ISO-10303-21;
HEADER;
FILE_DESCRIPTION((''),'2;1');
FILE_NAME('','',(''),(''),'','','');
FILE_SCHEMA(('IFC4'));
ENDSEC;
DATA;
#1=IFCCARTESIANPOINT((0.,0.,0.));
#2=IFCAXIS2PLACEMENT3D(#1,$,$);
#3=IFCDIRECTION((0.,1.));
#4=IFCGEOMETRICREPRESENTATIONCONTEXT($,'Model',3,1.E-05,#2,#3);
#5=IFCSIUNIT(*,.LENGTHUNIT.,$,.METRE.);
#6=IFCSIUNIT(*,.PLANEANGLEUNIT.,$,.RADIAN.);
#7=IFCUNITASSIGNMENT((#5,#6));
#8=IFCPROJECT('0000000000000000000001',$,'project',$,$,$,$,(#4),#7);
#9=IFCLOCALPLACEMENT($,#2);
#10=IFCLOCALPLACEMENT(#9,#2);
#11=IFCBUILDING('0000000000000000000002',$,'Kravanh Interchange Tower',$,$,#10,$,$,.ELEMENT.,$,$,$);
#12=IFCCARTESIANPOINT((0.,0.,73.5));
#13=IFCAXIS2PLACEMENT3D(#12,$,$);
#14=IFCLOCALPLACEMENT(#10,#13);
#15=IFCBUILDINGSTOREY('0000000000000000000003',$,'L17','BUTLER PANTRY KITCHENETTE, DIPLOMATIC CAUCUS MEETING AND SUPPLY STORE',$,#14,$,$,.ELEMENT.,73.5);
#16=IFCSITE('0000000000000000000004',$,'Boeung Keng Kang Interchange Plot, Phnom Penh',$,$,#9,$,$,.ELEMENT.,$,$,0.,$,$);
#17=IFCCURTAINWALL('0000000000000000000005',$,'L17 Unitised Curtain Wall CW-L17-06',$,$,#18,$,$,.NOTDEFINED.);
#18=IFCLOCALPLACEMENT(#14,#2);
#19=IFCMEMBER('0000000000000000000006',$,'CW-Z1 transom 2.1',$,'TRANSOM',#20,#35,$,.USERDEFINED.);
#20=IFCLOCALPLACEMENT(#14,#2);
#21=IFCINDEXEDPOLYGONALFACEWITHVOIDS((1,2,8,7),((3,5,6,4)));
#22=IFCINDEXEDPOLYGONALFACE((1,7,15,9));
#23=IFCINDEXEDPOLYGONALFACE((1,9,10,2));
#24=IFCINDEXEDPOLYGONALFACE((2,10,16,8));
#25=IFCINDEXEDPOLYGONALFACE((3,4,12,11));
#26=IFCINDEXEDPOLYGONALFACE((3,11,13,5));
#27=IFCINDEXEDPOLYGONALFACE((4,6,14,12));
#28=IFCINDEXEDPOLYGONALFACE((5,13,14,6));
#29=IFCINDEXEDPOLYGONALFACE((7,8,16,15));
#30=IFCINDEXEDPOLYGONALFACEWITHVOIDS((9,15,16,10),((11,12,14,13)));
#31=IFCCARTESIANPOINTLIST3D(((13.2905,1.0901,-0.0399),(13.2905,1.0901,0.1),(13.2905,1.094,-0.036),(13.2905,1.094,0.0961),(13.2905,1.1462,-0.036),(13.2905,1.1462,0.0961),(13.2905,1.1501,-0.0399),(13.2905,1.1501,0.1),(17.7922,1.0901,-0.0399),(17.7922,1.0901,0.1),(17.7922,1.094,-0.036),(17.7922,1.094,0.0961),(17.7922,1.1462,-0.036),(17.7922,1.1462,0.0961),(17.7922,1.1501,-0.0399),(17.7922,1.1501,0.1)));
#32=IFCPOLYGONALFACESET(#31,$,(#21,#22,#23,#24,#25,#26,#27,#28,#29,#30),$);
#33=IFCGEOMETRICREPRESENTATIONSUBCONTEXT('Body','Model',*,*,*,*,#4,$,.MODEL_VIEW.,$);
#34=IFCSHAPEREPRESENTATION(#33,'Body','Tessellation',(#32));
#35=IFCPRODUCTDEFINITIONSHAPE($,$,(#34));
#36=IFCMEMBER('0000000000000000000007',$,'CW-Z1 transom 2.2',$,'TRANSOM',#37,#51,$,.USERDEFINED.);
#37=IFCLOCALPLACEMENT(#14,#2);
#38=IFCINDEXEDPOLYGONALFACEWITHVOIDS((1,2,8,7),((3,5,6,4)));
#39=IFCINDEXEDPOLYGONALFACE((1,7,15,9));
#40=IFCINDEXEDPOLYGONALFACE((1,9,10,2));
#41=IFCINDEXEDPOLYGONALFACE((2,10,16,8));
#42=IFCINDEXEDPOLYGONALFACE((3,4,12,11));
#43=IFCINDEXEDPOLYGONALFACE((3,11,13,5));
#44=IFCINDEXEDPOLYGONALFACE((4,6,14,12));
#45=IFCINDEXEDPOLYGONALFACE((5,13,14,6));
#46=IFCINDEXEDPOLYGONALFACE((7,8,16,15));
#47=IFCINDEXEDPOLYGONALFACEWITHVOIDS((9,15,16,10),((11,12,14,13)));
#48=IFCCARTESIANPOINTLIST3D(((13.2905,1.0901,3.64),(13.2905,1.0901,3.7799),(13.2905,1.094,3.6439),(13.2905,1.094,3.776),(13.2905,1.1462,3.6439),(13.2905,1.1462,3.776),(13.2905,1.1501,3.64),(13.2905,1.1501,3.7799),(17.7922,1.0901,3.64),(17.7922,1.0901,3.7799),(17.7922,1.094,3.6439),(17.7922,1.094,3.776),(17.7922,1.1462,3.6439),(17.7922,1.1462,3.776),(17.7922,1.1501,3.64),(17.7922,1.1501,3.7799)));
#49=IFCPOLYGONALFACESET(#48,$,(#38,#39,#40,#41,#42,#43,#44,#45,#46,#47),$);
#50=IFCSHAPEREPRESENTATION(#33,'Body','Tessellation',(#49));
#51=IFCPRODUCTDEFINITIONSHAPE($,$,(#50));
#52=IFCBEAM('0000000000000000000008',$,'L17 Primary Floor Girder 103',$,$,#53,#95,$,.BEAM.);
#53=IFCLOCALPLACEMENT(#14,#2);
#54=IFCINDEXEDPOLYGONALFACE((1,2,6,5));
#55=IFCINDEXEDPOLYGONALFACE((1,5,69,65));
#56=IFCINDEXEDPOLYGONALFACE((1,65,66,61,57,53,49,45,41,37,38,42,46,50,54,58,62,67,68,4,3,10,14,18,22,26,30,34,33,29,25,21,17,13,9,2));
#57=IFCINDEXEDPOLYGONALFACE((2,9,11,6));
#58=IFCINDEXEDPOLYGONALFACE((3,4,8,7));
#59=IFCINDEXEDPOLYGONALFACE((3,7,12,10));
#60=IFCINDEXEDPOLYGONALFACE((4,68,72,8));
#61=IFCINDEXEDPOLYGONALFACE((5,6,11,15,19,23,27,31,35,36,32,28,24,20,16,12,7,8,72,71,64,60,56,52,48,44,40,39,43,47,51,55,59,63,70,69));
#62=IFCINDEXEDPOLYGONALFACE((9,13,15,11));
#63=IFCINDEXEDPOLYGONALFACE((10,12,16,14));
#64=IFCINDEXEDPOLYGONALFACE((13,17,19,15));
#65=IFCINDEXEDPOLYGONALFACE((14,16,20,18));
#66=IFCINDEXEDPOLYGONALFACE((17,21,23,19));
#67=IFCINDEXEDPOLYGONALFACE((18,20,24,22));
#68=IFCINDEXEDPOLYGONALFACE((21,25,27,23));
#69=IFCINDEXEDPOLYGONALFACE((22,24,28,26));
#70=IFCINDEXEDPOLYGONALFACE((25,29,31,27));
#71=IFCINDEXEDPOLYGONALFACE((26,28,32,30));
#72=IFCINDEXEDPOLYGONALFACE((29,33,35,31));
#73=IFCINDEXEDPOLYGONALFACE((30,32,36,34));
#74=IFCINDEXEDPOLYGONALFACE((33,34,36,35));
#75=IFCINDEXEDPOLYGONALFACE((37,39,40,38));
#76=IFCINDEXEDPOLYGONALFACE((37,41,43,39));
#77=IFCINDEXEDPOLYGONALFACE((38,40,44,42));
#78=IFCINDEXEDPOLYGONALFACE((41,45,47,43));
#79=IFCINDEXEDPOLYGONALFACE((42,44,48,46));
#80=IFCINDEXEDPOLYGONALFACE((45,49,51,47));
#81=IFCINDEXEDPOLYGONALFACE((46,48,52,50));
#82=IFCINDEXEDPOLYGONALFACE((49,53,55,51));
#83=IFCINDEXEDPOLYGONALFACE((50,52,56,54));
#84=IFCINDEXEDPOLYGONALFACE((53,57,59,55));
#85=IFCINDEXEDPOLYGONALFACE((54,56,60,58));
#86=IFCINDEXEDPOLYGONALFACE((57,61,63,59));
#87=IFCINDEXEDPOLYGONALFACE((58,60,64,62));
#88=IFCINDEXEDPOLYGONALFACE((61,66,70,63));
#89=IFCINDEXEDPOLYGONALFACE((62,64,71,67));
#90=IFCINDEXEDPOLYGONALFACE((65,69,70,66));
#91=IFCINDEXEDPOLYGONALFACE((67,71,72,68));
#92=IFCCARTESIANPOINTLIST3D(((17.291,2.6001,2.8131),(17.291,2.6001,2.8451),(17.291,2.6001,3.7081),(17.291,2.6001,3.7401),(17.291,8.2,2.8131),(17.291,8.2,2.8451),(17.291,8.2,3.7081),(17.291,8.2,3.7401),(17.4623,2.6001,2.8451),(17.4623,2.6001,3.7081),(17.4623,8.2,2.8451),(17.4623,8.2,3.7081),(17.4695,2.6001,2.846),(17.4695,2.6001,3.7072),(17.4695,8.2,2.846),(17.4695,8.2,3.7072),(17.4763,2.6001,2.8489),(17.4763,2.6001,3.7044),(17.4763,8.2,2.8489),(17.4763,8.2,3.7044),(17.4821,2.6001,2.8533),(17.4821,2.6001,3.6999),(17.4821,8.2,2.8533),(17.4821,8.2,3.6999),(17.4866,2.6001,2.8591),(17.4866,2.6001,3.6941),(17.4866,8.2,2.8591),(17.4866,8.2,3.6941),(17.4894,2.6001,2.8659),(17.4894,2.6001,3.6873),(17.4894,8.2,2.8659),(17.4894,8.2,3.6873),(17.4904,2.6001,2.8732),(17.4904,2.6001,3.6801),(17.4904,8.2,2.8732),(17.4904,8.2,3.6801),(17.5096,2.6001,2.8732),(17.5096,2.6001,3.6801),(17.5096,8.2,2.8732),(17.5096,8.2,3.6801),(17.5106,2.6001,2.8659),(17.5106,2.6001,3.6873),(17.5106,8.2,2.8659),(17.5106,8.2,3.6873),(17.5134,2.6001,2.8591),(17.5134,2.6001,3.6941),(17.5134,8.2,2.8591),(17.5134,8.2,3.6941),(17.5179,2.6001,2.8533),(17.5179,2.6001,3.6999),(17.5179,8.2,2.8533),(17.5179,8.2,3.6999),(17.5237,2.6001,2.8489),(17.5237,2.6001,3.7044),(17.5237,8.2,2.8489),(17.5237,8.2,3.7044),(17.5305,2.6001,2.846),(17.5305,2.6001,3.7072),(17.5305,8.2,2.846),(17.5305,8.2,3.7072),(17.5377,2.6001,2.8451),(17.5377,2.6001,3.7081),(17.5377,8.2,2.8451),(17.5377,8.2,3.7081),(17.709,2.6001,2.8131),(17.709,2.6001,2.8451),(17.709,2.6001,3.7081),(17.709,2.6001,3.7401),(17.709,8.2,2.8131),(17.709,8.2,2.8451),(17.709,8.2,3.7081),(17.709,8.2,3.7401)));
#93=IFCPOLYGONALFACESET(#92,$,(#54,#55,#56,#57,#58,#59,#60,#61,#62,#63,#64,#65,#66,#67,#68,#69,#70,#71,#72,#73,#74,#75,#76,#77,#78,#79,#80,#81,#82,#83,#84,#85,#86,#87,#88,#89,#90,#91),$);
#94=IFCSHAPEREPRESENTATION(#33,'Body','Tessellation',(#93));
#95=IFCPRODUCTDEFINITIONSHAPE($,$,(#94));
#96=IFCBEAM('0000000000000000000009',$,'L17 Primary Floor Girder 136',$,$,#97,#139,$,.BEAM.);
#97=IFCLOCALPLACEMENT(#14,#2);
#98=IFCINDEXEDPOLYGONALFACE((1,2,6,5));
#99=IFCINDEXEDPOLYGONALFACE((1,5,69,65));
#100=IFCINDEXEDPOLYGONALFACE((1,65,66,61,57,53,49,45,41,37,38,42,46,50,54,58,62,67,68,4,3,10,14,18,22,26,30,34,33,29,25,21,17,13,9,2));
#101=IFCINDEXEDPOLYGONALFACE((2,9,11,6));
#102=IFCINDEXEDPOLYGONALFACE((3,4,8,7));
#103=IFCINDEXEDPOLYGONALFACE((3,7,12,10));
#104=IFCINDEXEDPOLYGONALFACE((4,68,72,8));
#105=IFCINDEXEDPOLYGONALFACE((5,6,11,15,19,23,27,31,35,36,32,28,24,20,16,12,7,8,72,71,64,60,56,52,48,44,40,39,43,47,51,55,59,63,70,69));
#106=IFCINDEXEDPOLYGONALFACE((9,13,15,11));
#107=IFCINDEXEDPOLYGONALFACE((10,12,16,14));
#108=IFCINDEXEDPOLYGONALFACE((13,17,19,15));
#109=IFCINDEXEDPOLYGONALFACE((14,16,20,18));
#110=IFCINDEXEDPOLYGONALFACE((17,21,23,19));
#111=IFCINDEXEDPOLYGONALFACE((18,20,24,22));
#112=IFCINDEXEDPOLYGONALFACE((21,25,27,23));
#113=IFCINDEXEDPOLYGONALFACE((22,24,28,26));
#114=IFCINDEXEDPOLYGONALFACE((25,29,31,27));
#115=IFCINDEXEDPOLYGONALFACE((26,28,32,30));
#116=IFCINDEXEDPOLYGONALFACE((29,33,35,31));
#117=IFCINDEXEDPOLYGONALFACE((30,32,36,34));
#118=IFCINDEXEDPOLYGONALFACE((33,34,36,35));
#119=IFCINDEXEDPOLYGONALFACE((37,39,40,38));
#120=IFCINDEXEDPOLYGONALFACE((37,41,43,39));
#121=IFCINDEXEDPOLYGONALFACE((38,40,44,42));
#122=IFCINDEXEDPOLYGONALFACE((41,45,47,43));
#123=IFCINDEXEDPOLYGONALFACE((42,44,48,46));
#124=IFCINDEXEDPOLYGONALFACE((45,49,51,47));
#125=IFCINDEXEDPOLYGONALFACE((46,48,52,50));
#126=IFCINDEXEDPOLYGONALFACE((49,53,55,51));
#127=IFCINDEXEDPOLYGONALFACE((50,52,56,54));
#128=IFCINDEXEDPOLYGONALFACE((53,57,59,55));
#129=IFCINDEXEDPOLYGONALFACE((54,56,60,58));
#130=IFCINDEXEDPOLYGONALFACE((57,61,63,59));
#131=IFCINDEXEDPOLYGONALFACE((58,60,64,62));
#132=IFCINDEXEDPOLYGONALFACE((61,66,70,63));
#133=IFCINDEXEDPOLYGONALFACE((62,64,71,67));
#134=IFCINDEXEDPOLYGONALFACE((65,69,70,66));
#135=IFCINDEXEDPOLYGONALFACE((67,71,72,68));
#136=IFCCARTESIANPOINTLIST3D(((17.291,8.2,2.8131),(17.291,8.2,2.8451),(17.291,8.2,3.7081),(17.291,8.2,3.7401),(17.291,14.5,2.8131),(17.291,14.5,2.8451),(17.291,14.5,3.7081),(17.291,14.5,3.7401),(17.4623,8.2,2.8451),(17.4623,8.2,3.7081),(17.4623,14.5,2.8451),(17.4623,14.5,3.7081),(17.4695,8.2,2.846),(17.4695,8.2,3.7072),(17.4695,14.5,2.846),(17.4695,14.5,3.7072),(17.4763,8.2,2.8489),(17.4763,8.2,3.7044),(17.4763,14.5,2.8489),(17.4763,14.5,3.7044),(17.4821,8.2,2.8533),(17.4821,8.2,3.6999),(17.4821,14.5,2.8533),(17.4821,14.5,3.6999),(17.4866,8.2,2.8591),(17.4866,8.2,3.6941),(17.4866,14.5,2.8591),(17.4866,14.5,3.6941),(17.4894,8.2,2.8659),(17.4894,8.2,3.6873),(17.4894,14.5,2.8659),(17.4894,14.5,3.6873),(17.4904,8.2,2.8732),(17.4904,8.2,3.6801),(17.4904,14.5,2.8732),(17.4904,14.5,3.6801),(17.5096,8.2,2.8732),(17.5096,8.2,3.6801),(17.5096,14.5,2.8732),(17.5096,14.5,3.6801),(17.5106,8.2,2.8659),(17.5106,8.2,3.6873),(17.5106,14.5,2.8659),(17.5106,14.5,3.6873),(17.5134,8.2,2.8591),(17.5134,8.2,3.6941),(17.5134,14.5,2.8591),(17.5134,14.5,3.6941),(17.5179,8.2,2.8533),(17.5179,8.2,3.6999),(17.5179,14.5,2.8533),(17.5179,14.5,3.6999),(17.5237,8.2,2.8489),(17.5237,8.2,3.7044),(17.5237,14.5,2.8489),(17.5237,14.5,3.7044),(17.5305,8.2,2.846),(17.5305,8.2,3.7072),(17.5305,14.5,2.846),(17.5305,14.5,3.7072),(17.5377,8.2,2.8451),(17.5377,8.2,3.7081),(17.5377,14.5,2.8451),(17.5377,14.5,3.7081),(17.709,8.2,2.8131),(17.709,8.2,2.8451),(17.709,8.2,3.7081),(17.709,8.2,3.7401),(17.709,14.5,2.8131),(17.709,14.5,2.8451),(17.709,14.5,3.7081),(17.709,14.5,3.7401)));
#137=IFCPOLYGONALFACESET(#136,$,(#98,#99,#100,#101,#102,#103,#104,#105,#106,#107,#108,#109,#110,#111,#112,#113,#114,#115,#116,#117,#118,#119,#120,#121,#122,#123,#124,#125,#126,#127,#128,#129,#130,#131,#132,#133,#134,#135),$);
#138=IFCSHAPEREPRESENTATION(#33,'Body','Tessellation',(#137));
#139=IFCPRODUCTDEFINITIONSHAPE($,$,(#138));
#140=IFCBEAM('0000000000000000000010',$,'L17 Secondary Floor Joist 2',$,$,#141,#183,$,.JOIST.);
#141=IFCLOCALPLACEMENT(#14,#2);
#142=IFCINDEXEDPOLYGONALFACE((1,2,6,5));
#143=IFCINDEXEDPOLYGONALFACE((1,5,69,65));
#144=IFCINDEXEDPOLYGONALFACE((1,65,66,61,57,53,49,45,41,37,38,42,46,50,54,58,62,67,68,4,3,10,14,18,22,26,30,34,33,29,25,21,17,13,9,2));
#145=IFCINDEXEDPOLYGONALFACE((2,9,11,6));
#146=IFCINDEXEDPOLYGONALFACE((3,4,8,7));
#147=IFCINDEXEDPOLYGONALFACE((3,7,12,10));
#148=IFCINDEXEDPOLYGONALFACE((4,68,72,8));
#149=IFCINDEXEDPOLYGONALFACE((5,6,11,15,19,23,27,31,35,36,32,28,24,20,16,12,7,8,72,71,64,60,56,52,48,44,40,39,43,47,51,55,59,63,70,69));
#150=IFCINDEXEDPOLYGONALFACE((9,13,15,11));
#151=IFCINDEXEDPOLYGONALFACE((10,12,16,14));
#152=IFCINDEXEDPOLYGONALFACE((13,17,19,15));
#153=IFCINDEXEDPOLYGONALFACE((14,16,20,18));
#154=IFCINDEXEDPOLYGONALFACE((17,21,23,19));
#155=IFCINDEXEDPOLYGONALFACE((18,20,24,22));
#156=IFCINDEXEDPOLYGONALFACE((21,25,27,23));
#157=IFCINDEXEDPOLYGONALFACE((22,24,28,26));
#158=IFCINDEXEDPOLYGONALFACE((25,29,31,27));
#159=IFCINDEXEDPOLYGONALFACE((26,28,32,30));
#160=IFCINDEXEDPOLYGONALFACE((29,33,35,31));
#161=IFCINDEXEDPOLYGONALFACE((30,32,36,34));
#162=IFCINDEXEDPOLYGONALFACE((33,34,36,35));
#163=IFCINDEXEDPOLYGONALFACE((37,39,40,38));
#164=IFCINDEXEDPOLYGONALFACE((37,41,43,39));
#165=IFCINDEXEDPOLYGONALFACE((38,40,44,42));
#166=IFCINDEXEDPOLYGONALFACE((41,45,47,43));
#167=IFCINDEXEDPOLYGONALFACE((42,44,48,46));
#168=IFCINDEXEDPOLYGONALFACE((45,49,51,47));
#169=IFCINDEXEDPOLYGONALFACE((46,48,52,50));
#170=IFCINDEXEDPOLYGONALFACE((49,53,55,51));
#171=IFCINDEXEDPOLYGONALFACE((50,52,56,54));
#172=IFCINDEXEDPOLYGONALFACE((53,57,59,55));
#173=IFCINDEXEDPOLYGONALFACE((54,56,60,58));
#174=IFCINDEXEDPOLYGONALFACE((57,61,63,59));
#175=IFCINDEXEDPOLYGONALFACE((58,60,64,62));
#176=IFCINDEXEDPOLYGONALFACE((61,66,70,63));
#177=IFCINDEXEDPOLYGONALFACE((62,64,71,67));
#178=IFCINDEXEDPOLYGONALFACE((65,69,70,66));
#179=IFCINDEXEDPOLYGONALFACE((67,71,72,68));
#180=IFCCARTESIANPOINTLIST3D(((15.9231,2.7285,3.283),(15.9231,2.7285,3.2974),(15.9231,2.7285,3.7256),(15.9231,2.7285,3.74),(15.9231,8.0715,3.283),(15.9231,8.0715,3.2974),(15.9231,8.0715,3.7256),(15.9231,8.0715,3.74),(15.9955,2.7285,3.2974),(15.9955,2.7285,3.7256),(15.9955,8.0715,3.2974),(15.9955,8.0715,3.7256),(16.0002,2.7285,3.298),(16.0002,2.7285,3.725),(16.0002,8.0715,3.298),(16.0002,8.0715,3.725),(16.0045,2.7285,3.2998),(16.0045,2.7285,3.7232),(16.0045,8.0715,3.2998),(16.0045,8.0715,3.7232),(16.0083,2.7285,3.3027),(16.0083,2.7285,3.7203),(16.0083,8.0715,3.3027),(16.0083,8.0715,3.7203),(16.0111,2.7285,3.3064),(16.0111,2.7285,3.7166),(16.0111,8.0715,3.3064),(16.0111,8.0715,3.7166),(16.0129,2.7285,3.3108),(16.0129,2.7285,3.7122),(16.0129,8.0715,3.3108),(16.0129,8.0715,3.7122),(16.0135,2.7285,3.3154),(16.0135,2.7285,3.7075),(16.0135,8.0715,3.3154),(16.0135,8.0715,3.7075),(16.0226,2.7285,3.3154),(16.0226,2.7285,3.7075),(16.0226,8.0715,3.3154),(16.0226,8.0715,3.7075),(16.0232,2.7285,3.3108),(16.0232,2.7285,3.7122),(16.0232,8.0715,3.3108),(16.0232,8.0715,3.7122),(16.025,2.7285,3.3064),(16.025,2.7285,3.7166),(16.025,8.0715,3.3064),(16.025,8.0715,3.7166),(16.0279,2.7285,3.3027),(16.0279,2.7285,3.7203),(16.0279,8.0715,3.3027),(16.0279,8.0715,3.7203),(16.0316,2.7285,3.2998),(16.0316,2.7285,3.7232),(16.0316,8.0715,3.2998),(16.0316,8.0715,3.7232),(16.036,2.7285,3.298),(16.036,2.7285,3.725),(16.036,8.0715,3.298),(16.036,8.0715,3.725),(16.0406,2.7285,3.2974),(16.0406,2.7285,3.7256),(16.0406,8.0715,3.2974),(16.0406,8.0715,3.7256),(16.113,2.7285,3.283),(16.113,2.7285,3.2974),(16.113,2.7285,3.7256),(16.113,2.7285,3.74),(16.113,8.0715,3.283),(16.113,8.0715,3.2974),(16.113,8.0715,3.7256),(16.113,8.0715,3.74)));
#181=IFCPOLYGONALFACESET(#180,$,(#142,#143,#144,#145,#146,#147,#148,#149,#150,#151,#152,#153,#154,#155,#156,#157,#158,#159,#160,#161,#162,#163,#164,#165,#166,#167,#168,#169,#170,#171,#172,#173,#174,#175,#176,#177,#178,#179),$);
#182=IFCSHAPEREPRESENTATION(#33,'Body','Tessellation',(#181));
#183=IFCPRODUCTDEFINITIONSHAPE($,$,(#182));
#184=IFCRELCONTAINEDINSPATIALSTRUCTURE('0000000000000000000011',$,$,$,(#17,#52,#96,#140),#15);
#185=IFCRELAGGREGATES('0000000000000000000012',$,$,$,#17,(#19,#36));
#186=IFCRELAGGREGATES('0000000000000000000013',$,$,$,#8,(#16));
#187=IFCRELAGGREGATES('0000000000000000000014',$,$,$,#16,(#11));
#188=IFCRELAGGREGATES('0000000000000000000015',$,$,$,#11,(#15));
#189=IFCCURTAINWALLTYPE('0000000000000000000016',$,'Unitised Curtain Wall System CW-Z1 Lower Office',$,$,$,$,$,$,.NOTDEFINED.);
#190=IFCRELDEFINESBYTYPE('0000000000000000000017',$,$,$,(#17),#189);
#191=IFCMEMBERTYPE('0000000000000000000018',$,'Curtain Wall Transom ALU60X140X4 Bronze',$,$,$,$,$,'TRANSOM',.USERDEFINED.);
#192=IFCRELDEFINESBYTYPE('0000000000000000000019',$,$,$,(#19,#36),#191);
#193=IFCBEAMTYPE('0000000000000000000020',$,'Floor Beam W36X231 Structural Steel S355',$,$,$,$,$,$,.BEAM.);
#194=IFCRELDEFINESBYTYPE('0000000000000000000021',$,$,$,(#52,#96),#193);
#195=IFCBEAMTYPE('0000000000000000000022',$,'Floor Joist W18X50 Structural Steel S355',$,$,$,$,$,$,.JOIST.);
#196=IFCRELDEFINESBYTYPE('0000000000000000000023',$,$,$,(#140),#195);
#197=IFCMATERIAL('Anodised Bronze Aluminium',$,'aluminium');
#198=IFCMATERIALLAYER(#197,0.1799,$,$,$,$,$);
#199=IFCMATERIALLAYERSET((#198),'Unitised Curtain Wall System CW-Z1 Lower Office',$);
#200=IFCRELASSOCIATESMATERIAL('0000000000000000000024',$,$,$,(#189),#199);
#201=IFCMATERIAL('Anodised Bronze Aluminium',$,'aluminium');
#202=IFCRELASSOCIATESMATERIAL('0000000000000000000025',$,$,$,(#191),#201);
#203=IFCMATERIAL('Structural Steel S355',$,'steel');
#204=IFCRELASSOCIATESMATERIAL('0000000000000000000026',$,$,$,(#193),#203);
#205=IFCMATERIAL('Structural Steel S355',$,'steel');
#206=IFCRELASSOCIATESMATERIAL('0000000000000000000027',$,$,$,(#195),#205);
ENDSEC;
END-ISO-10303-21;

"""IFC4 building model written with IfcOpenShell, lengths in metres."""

from ifc_helpers import new_model, si_unit, direction, frame, origin, origin_2d, place, context, subcontext, project, spatial, hollow_rectangle, i_section, extrude, material, layer, layer_set, material_profile, profile_set, type_object, element, aggregate, save


model = new_model("IFC4")

# Units and contexts
model_context = context("Model", 3, precision=1e-05, world=origin(), true_north=direction((0.0, 1.0)))
body_context = subcontext(model_context, "Body", "Model", "MODEL_VIEW")
ifc_project = project(units=[si_unit("LENGTHUNIT", "METRE"), si_unit("PLANEANGLEUNIT", "RADIAN")], contexts=[model_context])

# Site, building, storey
site_placement = place(None, origin())
site = spatial("IfcSite", under=ifc_project, at=site_placement, Name="Boeung Keng Kang Interchange Plot, Phnom Penh", CompositionType="ELEMENT", RefElevation=0.0)
building_placement = place(site_placement, origin())
building = spatial("IfcBuilding", under=site, at=building_placement, Name="Kravanh Interchange Tower", CompositionType="ELEMENT")
storey_placement = place(building_placement, frame((0.0, 0.0, 73.5)))
storey = spatial("IfcBuildingStorey", under=building, at=storey_placement, Name="L17", Description="BUTLER PANTRY KITCHENETTE, DIPLOMATIC CAUCUS MEETING AND SUPPLY STORE", CompositionType="ELEMENT", Elevation=73.5)

# Curtain wall, members
ifc_material_1 = material(Name="Anodised Bronze Aluminium", Category="aluminium")
ifc_layer_1 = layer(ifc_material_1, 0.1799)
ifc_layer_set_1 = layer_set([ifc_layer_1], Name="Unitised Curtain Wall System CW-Z1 Lower Office")
curtain_wall_type = type_object("IfcCurtainWallType", Name="Unitised Curtain Wall System CW-Z1 Lower Office", PredefinedType="NOTDEFINED", material=ifc_layer_set_1)
curtain_wall_placement = place(storey_placement, origin())
curtain_wall = element("IfcCurtainWall", 1, at=curtain_wall_placement, inside=storey, type_object=curtain_wall_type, Name="L17 Unitised Curtain Wall CW-L17-06", PredefinedType="NOTDEFINED")
ifc_material_2 = material(Name="Anodised Bronze Aluminium", Category="aluminium")
ifc_material_profile_1 = material_profile(ifc_material_2, hollow_rectangle(XDim=0.0601, YDim=0.1399, WallThickness=0.0039, at=origin_2d()), Name="ALU60X140X4")
ifc_profile_set_1 = profile_set([ifc_material_profile_1], Name="Anodised Bronze Aluminium")
member_type_1 = type_object("IfcMemberType", Name="Curtain Wall Transom ALU60X140X4 Bronze", ElementType="TRANSOM", PredefinedType="USERDEFINED", material=ifc_profile_set_1)
member_1_placement = place(storey_placement, frame((17.7922, 1.1201, 0.03), z_axis=(-1.0, 0.0, 0.0), x_axis=(0.0, -1.0, 0.0)))
member_1 = element("IfcMember", 2, at=member_1_placement, type_object=member_type_1, Name="CW-Z1 transom 2.1", ObjectType="TRANSOM", PredefinedType="USERDEFINED", context=body_context, shape_type="SweptSolid", body=[
    extrude(hollow_rectangle(XDim=0.0601, YDim=0.1399, WallThickness=0.0039, at=origin_2d()), origin(), (0.0, 0.0, 1.0), 4.5017),
])
member_2_placement = place(storey_placement, frame((17.7922, 1.1201, 3.71), z_axis=(-1.0, 0.0, 0.0), x_axis=(0.0, -1.0, 0.0)))
member_2 = element("IfcMember", 3, at=member_2_placement, type_object=member_type_1, Name="CW-Z1 transom 2.2", ObjectType="TRANSOM", PredefinedType="USERDEFINED", context=body_context, shape_type="SweptSolid", body=[
    extrude(hollow_rectangle(XDim=0.0601, YDim=0.1399, WallThickness=0.0039, at=origin_2d()), origin(), (0.0, 0.0, 1.0), 4.5017),
])

# Beams
ifc_material_3 = material(Name="Structural Steel S355", Category="steel")
ifc_material_profile_2 = material_profile(ifc_material_3, i_section(OverallWidth=0.418, OverallDepth=0.927, WebThickness=0.0193, FlangeThickness=0.032, FilletRadius=0.0281, at=origin_2d()), Name="W36X231")
ifc_profile_set_2 = profile_set([ifc_material_profile_2], Name="Structural Steel S355")
beam_type_1 = type_object("IfcBeamType", Name="Floor Beam W36X231 Structural Steel S355", PredefinedType="BEAM", material=ifc_profile_set_2)
beam_1_placement = place(storey_placement, frame((17.5, 2.6001, 3.2766), z_axis=(0.0, 1.0, 0.0), x_axis=(-1.0, 0.0, 0.0)))
element("IfcBeam", 4, at=beam_1_placement, inside=storey, type_object=beam_type_1, Name="L17 Primary Floor Girder 103", PredefinedType="BEAM", context=body_context, shape_type="SweptSolid", body=[
    extrude(i_section(OverallWidth=0.418, OverallDepth=0.927, WebThickness=0.0193, FlangeThickness=0.032, FilletRadius=0.0281, at=origin_2d()), origin(), (0.0, 0.0, 1.0), 5.5999),
])
beam_2_placement = place(storey_placement, frame((17.5, 8.2, 3.2766), z_axis=(0.0, 1.0, 0.0), x_axis=(-1.0, 0.0, 0.0)))
element("IfcBeam", 5, at=beam_2_placement, inside=storey, type_object=beam_type_1, Name="L17 Primary Floor Girder 136", PredefinedType="BEAM", context=body_context, shape_type="SweptSolid", body=[
    extrude(i_section(OverallWidth=0.418, OverallDepth=0.927, WebThickness=0.0193, FlangeThickness=0.032, FilletRadius=0.0281, at=origin_2d()), origin(), (0.0, 0.0, 1.0), 6.3),
])
ifc_material_4 = material(Name="Structural Steel S355", Category="steel")
ifc_material_profile_3 = material_profile(ifc_material_4, i_section(OverallWidth=0.1899, OverallDepth=0.457, WebThickness=0.009, FlangeThickness=0.0144, FilletRadius=0.0181, at=origin_2d()), Name="W18X50")
ifc_profile_set_3 = profile_set([ifc_material_profile_3], Name="Structural Steel S355")
beam_type_2 = type_object("IfcBeamType", Name="Floor Joist W18X50 Structural Steel S355", PredefinedType="JOIST", material=ifc_profile_set_3)
for number, where, z_axis, x_axis, name in (
    (6, (16.0181, 2.7285, 3.5115), (0.0, 1.0, 0.0), (-1.0, 0.0, 0.0), "L17 Secondary Floor Joist 2"),
):
    element("IfcBeam", number, at=place(storey_placement, frame(where, z_axis=z_axis, x_axis=x_axis)), inside=storey, type_object=beam_type_2, Name=name, PredefinedType="JOIST", context=body_context, shape_type="SweptSolid", body=[
        extrude(i_section(OverallWidth=0.1899, OverallDepth=0.457, WebThickness=0.009, FlangeThickness=0.0144, FilletRadius=0.0181, at=origin_2d()), origin(), (0.0, 0.0, 1.0), 5.343),
    ])

aggregate(curtain_wall, [member_1, member_2])

save(model, "model.ifc")
